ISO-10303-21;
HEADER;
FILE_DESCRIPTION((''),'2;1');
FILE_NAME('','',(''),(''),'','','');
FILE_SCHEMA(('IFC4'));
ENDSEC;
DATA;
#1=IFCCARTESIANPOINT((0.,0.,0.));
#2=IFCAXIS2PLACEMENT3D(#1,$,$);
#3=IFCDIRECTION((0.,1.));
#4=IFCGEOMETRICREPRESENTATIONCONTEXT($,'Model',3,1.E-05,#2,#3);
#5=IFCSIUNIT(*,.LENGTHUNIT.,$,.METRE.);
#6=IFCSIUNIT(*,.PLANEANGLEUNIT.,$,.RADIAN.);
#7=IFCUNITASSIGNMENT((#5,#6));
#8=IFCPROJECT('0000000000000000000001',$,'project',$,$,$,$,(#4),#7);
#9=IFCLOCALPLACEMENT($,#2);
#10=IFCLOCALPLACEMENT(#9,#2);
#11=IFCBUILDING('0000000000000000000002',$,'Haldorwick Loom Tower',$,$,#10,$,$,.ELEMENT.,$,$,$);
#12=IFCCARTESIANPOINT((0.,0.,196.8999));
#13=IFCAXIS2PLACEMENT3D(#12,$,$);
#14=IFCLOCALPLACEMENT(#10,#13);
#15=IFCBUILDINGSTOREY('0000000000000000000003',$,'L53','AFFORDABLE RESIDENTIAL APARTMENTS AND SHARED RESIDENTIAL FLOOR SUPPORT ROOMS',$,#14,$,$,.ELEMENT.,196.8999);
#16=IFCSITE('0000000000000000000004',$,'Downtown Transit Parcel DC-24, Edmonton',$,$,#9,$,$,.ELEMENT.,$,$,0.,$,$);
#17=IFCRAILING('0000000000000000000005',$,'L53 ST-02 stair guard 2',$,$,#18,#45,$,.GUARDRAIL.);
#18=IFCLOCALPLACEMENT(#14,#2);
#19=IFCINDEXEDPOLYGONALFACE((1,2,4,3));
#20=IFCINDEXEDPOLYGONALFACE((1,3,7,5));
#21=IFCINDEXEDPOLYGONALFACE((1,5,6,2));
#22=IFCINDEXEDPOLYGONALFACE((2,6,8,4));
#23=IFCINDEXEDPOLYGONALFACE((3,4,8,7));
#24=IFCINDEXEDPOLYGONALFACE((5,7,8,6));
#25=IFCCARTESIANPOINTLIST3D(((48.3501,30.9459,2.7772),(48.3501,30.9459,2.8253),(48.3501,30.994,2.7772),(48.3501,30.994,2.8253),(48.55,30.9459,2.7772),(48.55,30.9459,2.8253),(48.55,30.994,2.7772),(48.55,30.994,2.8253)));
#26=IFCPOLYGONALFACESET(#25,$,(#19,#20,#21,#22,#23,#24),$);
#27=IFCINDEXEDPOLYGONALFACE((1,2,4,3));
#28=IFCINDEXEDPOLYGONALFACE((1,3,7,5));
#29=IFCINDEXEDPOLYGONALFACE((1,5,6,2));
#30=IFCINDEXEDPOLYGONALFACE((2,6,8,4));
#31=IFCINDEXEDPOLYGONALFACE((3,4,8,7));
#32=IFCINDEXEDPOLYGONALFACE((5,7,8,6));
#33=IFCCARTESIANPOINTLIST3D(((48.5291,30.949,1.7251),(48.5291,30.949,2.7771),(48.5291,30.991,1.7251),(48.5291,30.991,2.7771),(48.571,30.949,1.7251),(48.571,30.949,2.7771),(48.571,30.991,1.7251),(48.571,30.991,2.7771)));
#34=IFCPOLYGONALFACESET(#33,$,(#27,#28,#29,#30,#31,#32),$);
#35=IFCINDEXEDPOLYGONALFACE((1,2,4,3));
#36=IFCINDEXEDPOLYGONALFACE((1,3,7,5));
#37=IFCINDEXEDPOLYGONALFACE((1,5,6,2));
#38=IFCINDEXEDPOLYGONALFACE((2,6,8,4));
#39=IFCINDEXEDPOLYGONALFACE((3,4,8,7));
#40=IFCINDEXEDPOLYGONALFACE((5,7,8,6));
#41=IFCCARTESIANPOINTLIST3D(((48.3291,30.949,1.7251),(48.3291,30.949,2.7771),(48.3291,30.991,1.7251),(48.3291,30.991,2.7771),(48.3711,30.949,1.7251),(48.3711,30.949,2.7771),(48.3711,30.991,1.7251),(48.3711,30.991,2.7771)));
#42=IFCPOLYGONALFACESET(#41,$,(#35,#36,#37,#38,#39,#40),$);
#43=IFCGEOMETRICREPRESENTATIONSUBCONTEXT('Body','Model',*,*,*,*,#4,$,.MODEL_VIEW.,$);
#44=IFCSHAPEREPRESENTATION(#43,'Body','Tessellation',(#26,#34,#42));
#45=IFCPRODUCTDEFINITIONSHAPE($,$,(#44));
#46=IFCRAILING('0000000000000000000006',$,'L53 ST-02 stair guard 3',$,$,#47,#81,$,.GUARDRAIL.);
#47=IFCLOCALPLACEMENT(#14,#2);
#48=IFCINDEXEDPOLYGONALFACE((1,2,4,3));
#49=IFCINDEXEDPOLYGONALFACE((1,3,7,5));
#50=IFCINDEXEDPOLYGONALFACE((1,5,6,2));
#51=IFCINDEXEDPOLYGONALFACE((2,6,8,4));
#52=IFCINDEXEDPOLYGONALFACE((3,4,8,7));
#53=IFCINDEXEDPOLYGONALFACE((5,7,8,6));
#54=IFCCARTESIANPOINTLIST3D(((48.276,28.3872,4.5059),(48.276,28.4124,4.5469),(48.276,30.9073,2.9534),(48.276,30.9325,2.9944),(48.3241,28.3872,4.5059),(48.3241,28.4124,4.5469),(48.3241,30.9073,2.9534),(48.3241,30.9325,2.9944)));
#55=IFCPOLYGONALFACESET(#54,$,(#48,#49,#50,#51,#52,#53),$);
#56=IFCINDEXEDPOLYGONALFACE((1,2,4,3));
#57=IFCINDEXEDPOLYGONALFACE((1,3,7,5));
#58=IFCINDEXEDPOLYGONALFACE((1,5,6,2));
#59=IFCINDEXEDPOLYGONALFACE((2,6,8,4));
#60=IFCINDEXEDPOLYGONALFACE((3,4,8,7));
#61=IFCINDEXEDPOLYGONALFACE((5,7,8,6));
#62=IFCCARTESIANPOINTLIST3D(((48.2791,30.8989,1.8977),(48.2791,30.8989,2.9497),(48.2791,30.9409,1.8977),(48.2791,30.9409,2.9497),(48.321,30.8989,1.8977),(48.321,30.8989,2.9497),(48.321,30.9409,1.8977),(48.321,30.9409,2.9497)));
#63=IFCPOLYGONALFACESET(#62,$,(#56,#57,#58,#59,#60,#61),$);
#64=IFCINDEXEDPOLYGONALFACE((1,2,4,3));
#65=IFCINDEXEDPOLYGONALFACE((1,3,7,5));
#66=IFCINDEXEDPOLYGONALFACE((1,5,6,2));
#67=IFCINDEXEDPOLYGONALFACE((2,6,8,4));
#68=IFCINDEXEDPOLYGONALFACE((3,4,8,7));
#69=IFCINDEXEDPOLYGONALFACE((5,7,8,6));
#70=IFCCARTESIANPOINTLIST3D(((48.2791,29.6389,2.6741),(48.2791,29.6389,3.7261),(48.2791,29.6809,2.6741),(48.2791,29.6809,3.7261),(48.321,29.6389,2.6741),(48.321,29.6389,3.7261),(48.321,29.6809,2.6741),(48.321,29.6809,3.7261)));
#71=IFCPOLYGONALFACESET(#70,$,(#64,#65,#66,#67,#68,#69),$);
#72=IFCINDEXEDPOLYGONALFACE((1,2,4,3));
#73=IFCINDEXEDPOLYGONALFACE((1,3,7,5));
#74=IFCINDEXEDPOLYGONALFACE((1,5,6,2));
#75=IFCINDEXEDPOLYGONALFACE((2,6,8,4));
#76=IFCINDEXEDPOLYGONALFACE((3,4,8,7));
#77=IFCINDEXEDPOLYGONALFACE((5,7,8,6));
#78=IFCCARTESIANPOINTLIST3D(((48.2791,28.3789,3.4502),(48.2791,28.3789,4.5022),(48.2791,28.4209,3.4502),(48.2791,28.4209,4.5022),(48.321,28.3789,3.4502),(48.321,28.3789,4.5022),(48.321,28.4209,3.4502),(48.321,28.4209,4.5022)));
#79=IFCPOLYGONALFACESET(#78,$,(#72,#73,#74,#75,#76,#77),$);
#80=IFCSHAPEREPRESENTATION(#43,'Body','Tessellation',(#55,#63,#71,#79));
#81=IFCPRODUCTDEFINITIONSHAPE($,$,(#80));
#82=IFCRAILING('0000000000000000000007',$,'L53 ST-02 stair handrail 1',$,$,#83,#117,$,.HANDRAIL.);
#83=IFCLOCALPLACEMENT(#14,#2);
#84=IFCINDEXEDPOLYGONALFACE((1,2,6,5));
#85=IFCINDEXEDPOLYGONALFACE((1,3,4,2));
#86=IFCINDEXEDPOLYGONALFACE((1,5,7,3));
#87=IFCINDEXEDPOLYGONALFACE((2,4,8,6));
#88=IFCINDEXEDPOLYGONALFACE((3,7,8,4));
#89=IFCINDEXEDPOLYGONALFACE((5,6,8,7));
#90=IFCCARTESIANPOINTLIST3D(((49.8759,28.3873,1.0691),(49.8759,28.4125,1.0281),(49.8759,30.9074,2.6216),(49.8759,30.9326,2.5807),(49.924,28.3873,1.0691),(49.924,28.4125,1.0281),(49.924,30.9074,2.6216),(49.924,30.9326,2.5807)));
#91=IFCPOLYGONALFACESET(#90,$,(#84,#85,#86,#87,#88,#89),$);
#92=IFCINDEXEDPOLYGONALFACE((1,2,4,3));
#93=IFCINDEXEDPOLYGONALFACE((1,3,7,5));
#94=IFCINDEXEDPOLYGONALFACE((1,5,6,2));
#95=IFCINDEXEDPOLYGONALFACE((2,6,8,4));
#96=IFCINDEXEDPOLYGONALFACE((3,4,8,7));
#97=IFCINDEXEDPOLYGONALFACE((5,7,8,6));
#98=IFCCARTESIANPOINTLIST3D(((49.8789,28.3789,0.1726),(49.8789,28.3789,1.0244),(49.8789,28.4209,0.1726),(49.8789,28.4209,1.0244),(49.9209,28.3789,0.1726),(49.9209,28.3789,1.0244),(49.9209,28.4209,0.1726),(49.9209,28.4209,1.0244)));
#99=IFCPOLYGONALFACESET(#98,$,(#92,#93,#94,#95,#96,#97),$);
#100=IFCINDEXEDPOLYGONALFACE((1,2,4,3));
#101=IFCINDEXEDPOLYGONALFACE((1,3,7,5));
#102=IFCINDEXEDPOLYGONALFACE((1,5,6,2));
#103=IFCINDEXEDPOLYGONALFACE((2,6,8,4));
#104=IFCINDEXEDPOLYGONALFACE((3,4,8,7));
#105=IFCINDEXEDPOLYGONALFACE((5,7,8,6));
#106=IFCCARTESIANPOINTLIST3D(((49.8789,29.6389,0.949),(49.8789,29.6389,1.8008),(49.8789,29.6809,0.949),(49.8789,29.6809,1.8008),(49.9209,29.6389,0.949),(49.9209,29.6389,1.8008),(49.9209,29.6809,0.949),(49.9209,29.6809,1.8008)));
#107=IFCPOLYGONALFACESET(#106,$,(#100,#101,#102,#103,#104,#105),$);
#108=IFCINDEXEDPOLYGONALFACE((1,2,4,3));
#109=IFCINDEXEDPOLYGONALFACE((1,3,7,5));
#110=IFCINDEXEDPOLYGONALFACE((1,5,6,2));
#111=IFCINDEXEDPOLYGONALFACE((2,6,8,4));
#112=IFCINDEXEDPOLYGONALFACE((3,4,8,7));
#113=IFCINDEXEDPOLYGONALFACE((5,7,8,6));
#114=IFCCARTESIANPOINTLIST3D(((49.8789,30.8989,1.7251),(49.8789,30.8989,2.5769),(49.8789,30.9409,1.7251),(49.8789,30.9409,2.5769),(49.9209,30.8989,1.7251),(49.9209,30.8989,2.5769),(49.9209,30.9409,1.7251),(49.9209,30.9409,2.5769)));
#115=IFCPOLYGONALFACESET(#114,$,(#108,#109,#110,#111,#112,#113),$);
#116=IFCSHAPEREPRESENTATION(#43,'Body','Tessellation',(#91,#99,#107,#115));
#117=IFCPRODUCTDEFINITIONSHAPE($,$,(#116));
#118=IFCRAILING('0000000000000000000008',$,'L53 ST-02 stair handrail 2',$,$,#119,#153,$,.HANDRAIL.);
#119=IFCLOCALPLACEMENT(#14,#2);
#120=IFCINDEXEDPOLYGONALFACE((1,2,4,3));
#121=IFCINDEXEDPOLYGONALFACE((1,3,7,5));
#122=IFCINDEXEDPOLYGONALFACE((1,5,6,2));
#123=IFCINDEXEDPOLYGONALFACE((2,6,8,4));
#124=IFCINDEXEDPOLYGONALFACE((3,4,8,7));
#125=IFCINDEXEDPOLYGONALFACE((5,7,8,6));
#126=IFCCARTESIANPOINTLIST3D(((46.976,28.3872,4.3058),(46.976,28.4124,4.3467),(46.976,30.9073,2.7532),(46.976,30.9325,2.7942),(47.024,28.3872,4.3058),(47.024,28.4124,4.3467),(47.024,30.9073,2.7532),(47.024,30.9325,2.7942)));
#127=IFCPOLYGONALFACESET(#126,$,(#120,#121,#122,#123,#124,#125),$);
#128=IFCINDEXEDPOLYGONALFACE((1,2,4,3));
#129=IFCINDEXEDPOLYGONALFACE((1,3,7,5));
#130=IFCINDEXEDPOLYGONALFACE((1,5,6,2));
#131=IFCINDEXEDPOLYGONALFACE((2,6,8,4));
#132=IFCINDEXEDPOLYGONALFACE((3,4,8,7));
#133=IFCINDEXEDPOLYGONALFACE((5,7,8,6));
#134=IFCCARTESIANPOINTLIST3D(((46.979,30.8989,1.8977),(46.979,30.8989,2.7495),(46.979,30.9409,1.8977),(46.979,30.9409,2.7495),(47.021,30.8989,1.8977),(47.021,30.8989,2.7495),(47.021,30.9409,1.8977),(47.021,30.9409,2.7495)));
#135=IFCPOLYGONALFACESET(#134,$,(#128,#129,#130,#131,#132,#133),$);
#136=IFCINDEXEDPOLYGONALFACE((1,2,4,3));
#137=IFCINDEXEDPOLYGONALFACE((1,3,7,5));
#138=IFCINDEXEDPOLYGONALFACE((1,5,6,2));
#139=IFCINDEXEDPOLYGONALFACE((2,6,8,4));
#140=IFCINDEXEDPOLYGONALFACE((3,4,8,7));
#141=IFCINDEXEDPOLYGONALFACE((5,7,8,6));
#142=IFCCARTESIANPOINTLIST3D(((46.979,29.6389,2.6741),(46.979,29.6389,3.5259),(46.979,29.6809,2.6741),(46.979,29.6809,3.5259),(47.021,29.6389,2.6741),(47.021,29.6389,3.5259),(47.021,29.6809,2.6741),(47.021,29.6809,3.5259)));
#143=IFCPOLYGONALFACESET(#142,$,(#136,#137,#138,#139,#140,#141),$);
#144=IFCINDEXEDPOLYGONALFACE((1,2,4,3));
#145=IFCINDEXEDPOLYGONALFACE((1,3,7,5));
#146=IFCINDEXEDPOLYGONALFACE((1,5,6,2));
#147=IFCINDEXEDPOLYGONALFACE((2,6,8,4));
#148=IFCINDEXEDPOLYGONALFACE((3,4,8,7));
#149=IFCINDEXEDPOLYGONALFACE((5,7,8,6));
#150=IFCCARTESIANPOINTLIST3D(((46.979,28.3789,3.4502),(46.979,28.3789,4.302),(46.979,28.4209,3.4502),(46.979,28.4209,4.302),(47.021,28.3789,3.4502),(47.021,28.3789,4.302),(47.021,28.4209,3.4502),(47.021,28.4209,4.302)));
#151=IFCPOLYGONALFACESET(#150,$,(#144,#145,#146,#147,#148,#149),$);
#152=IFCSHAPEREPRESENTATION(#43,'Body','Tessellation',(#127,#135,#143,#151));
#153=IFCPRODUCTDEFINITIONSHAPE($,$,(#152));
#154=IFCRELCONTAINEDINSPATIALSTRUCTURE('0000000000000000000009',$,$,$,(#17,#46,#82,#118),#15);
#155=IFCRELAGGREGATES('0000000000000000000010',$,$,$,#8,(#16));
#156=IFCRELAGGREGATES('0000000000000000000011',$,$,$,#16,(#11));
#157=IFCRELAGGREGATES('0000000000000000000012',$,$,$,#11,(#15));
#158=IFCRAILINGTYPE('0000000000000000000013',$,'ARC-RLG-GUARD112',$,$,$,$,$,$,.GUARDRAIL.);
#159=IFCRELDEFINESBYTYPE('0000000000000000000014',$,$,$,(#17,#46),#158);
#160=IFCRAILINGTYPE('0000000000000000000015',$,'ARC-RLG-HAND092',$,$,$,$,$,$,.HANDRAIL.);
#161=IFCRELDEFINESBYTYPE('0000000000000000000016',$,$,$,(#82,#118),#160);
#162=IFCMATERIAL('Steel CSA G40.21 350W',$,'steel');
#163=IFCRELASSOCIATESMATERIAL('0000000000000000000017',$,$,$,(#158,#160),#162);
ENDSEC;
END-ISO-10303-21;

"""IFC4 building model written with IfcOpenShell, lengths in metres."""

from ifc_helpers import new_model, si_unit, direction, frame, origin, origin_2d, place, context, subcontext, project, spatial, rectangle, extrude, material, type_object, element, save


model = new_model("IFC4")

# Units and contexts
model_context = context("Model", 3, precision=1e-05, world=origin(), true_north=direction((0.0, 1.0)))
body_context = subcontext(model_context, "Body", "Model", "MODEL_VIEW")
ifc_project = project(units=[si_unit("LENGTHUNIT", "METRE"), si_unit("PLANEANGLEUNIT", "RADIAN")], contexts=[model_context])

# Site, building, storey
site_placement = place(None, origin())
site = spatial("IfcSite", under=ifc_project, at=site_placement, Name="Downtown Transit Parcel DC-24, Edmonton", CompositionType="ELEMENT", RefElevation=0.0)
building_placement = place(site_placement, origin())
building = spatial("IfcBuilding", under=site, at=building_placement, Name="Haldorwick Loom Tower", CompositionType="ELEMENT")
storey_placement = place(building_placement, frame((0.0, 0.0, 196.8999)))
storey = spatial("IfcBuildingStorey", under=building, at=storey_placement, Name="L53", Description="AFFORDABLE RESIDENTIAL APARTMENTS AND SHARED RESIDENTIAL FLOOR SUPPORT ROOMS", CompositionType="ELEMENT", Elevation=196.8999)

# Shared definitions
ifc_material_1 = material(Name="Steel CSA G40.21 350W", Category="steel")

# Railings
railing_type_1 = type_object("IfcRailingType", Name="ARC-RLG-GUARD112", PredefinedType="GUARDRAIL", material=ifc_material_1)
railing_1_placement = place(storey_placement, frame((48.55, 30.97, 1.7251)))
element("IfcRailing", 1, at=railing_1_placement, inside=storey, type_object=railing_type_1, Name="L53 ST-02 stair guard 2", PredefinedType="GUARDRAIL", context=body_context, shape_type="SweptSolid", body=[
    extrude(rectangle(XDim=0.0481, YDim=0.0481, at=origin_2d()), frame((0.0, 0.0, 1.0762), z_axis=(-1.0, 0.0, 0.0), x_axis=(0.0, -1.0, 0.0)), (0.0, 0.0, 1.0), 0.2),
    extrude(rectangle(XDim=0.042, YDim=0.042, at=origin_2d()), origin(), (0.0, 0.0, 1.0), 1.052),
    extrude(rectangle(XDim=0.042, YDim=0.042, at=origin_2d()), frame((-0.2, 0.0, 0.0)), (0.0, 0.0, 1.0), 1.052),
])
railing_2_placement = place(storey_placement, frame((48.3, 30.9199, 1.8977)))
element("IfcRailing", 2, at=railing_2_placement, inside=storey, type_object=railing_type_1, Name="L53 ST-02 stair guard 3", PredefinedType="GUARDRAIL", context=body_context, shape_type="SweptSolid", body=[
    extrude(rectangle(XDim=0.0481, YDim=0.0481, at=origin_2d()), frame((0.0, 0.0, 1.0762), z_axis=(0.0, -0.8514, 0.524516), x_axis=(1.0, 0.0, 0.0)), (0.0, 0.0, 1.0), 2.96),
    extrude(rectangle(XDim=0.042, YDim=0.042, at=origin_2d()), origin(), (0.0, 0.0, 1.0), 1.052),
    extrude(rectangle(XDim=0.042, YDim=0.042, at=origin_2d()), frame((0.0, -1.26, 0.7764)), (0.0, 0.0, 1.0), 1.052),
    extrude(rectangle(XDim=0.042, YDim=0.042, at=origin_2d()), frame((0.0, -2.52, 1.5525)), (0.0, 0.0, 1.0), 1.052),
])
railing_type_2 = type_object("IfcRailingType", Name="ARC-RLG-HAND092", PredefinedType="HANDRAIL", material=ifc_material_1)
railing_3_placement = place(storey_placement, frame((49.8999, 28.3999, 0.1726)))
element("IfcRailing", 3, at=railing_3_placement, inside=storey, type_object=railing_type_2, Name="L53 ST-02 stair handrail 1", PredefinedType="HANDRAIL", context=body_context, shape_type="SweptSolid", body=[
    extrude(rectangle(XDim=0.0481, YDim=0.0481, at=origin_2d()), frame((0.0, 0.0, 0.876), z_axis=(0.0, 0.8514, 0.524516), x_axis=(-1.0, 0.0, 0.0)), (0.0, 0.0, 1.0), 2.96),
    extrude(rectangle(XDim=0.042, YDim=0.042, at=origin_2d()), origin(), (0.0, 0.0, 1.0), 0.8518),
    extrude(rectangle(XDim=0.042, YDim=0.042, at=origin_2d()), frame((0.0, 1.26, 0.7764)), (0.0, 0.0, 1.0), 0.8518),
    extrude(rectangle(XDim=0.042, YDim=0.042, at=origin_2d()), frame((0.0, 2.52, 1.5525)), (0.0, 0.0, 1.0), 0.8518),
])
railing_4_placement = place(storey_placement, frame((47.0, 30.9199, 1.8977)))
element("IfcRailing", 4, at=railing_4_placement, inside=storey, type_object=railing_type_2, Name="L53 ST-02 stair handrail 2", PredefinedType="HANDRAIL", context=body_context, shape_type="SweptSolid", body=[
    extrude(rectangle(XDim=0.0481, YDim=0.0481, at=origin_2d()), frame((0.0, 0.0, 0.876), z_axis=(0.0, -0.8514, 0.524516), x_axis=(1.0, 0.0, 0.0)), (0.0, 0.0, 1.0), 2.96),
    extrude(rectangle(XDim=0.042, YDim=0.042, at=origin_2d()), origin(), (0.0, 0.0, 1.0), 0.8518),
    extrude(rectangle(XDim=0.042, YDim=0.042, at=origin_2d()), frame((0.0, -1.26, 0.7764)), (0.0, 0.0, 1.0), 0.8518),
    extrude(rectangle(XDim=0.042, YDim=0.042, at=origin_2d()), frame((0.0, -2.52, 1.5525)), (0.0, 0.0, 1.0), 0.8518),
])

save(model, "model.ifc")
